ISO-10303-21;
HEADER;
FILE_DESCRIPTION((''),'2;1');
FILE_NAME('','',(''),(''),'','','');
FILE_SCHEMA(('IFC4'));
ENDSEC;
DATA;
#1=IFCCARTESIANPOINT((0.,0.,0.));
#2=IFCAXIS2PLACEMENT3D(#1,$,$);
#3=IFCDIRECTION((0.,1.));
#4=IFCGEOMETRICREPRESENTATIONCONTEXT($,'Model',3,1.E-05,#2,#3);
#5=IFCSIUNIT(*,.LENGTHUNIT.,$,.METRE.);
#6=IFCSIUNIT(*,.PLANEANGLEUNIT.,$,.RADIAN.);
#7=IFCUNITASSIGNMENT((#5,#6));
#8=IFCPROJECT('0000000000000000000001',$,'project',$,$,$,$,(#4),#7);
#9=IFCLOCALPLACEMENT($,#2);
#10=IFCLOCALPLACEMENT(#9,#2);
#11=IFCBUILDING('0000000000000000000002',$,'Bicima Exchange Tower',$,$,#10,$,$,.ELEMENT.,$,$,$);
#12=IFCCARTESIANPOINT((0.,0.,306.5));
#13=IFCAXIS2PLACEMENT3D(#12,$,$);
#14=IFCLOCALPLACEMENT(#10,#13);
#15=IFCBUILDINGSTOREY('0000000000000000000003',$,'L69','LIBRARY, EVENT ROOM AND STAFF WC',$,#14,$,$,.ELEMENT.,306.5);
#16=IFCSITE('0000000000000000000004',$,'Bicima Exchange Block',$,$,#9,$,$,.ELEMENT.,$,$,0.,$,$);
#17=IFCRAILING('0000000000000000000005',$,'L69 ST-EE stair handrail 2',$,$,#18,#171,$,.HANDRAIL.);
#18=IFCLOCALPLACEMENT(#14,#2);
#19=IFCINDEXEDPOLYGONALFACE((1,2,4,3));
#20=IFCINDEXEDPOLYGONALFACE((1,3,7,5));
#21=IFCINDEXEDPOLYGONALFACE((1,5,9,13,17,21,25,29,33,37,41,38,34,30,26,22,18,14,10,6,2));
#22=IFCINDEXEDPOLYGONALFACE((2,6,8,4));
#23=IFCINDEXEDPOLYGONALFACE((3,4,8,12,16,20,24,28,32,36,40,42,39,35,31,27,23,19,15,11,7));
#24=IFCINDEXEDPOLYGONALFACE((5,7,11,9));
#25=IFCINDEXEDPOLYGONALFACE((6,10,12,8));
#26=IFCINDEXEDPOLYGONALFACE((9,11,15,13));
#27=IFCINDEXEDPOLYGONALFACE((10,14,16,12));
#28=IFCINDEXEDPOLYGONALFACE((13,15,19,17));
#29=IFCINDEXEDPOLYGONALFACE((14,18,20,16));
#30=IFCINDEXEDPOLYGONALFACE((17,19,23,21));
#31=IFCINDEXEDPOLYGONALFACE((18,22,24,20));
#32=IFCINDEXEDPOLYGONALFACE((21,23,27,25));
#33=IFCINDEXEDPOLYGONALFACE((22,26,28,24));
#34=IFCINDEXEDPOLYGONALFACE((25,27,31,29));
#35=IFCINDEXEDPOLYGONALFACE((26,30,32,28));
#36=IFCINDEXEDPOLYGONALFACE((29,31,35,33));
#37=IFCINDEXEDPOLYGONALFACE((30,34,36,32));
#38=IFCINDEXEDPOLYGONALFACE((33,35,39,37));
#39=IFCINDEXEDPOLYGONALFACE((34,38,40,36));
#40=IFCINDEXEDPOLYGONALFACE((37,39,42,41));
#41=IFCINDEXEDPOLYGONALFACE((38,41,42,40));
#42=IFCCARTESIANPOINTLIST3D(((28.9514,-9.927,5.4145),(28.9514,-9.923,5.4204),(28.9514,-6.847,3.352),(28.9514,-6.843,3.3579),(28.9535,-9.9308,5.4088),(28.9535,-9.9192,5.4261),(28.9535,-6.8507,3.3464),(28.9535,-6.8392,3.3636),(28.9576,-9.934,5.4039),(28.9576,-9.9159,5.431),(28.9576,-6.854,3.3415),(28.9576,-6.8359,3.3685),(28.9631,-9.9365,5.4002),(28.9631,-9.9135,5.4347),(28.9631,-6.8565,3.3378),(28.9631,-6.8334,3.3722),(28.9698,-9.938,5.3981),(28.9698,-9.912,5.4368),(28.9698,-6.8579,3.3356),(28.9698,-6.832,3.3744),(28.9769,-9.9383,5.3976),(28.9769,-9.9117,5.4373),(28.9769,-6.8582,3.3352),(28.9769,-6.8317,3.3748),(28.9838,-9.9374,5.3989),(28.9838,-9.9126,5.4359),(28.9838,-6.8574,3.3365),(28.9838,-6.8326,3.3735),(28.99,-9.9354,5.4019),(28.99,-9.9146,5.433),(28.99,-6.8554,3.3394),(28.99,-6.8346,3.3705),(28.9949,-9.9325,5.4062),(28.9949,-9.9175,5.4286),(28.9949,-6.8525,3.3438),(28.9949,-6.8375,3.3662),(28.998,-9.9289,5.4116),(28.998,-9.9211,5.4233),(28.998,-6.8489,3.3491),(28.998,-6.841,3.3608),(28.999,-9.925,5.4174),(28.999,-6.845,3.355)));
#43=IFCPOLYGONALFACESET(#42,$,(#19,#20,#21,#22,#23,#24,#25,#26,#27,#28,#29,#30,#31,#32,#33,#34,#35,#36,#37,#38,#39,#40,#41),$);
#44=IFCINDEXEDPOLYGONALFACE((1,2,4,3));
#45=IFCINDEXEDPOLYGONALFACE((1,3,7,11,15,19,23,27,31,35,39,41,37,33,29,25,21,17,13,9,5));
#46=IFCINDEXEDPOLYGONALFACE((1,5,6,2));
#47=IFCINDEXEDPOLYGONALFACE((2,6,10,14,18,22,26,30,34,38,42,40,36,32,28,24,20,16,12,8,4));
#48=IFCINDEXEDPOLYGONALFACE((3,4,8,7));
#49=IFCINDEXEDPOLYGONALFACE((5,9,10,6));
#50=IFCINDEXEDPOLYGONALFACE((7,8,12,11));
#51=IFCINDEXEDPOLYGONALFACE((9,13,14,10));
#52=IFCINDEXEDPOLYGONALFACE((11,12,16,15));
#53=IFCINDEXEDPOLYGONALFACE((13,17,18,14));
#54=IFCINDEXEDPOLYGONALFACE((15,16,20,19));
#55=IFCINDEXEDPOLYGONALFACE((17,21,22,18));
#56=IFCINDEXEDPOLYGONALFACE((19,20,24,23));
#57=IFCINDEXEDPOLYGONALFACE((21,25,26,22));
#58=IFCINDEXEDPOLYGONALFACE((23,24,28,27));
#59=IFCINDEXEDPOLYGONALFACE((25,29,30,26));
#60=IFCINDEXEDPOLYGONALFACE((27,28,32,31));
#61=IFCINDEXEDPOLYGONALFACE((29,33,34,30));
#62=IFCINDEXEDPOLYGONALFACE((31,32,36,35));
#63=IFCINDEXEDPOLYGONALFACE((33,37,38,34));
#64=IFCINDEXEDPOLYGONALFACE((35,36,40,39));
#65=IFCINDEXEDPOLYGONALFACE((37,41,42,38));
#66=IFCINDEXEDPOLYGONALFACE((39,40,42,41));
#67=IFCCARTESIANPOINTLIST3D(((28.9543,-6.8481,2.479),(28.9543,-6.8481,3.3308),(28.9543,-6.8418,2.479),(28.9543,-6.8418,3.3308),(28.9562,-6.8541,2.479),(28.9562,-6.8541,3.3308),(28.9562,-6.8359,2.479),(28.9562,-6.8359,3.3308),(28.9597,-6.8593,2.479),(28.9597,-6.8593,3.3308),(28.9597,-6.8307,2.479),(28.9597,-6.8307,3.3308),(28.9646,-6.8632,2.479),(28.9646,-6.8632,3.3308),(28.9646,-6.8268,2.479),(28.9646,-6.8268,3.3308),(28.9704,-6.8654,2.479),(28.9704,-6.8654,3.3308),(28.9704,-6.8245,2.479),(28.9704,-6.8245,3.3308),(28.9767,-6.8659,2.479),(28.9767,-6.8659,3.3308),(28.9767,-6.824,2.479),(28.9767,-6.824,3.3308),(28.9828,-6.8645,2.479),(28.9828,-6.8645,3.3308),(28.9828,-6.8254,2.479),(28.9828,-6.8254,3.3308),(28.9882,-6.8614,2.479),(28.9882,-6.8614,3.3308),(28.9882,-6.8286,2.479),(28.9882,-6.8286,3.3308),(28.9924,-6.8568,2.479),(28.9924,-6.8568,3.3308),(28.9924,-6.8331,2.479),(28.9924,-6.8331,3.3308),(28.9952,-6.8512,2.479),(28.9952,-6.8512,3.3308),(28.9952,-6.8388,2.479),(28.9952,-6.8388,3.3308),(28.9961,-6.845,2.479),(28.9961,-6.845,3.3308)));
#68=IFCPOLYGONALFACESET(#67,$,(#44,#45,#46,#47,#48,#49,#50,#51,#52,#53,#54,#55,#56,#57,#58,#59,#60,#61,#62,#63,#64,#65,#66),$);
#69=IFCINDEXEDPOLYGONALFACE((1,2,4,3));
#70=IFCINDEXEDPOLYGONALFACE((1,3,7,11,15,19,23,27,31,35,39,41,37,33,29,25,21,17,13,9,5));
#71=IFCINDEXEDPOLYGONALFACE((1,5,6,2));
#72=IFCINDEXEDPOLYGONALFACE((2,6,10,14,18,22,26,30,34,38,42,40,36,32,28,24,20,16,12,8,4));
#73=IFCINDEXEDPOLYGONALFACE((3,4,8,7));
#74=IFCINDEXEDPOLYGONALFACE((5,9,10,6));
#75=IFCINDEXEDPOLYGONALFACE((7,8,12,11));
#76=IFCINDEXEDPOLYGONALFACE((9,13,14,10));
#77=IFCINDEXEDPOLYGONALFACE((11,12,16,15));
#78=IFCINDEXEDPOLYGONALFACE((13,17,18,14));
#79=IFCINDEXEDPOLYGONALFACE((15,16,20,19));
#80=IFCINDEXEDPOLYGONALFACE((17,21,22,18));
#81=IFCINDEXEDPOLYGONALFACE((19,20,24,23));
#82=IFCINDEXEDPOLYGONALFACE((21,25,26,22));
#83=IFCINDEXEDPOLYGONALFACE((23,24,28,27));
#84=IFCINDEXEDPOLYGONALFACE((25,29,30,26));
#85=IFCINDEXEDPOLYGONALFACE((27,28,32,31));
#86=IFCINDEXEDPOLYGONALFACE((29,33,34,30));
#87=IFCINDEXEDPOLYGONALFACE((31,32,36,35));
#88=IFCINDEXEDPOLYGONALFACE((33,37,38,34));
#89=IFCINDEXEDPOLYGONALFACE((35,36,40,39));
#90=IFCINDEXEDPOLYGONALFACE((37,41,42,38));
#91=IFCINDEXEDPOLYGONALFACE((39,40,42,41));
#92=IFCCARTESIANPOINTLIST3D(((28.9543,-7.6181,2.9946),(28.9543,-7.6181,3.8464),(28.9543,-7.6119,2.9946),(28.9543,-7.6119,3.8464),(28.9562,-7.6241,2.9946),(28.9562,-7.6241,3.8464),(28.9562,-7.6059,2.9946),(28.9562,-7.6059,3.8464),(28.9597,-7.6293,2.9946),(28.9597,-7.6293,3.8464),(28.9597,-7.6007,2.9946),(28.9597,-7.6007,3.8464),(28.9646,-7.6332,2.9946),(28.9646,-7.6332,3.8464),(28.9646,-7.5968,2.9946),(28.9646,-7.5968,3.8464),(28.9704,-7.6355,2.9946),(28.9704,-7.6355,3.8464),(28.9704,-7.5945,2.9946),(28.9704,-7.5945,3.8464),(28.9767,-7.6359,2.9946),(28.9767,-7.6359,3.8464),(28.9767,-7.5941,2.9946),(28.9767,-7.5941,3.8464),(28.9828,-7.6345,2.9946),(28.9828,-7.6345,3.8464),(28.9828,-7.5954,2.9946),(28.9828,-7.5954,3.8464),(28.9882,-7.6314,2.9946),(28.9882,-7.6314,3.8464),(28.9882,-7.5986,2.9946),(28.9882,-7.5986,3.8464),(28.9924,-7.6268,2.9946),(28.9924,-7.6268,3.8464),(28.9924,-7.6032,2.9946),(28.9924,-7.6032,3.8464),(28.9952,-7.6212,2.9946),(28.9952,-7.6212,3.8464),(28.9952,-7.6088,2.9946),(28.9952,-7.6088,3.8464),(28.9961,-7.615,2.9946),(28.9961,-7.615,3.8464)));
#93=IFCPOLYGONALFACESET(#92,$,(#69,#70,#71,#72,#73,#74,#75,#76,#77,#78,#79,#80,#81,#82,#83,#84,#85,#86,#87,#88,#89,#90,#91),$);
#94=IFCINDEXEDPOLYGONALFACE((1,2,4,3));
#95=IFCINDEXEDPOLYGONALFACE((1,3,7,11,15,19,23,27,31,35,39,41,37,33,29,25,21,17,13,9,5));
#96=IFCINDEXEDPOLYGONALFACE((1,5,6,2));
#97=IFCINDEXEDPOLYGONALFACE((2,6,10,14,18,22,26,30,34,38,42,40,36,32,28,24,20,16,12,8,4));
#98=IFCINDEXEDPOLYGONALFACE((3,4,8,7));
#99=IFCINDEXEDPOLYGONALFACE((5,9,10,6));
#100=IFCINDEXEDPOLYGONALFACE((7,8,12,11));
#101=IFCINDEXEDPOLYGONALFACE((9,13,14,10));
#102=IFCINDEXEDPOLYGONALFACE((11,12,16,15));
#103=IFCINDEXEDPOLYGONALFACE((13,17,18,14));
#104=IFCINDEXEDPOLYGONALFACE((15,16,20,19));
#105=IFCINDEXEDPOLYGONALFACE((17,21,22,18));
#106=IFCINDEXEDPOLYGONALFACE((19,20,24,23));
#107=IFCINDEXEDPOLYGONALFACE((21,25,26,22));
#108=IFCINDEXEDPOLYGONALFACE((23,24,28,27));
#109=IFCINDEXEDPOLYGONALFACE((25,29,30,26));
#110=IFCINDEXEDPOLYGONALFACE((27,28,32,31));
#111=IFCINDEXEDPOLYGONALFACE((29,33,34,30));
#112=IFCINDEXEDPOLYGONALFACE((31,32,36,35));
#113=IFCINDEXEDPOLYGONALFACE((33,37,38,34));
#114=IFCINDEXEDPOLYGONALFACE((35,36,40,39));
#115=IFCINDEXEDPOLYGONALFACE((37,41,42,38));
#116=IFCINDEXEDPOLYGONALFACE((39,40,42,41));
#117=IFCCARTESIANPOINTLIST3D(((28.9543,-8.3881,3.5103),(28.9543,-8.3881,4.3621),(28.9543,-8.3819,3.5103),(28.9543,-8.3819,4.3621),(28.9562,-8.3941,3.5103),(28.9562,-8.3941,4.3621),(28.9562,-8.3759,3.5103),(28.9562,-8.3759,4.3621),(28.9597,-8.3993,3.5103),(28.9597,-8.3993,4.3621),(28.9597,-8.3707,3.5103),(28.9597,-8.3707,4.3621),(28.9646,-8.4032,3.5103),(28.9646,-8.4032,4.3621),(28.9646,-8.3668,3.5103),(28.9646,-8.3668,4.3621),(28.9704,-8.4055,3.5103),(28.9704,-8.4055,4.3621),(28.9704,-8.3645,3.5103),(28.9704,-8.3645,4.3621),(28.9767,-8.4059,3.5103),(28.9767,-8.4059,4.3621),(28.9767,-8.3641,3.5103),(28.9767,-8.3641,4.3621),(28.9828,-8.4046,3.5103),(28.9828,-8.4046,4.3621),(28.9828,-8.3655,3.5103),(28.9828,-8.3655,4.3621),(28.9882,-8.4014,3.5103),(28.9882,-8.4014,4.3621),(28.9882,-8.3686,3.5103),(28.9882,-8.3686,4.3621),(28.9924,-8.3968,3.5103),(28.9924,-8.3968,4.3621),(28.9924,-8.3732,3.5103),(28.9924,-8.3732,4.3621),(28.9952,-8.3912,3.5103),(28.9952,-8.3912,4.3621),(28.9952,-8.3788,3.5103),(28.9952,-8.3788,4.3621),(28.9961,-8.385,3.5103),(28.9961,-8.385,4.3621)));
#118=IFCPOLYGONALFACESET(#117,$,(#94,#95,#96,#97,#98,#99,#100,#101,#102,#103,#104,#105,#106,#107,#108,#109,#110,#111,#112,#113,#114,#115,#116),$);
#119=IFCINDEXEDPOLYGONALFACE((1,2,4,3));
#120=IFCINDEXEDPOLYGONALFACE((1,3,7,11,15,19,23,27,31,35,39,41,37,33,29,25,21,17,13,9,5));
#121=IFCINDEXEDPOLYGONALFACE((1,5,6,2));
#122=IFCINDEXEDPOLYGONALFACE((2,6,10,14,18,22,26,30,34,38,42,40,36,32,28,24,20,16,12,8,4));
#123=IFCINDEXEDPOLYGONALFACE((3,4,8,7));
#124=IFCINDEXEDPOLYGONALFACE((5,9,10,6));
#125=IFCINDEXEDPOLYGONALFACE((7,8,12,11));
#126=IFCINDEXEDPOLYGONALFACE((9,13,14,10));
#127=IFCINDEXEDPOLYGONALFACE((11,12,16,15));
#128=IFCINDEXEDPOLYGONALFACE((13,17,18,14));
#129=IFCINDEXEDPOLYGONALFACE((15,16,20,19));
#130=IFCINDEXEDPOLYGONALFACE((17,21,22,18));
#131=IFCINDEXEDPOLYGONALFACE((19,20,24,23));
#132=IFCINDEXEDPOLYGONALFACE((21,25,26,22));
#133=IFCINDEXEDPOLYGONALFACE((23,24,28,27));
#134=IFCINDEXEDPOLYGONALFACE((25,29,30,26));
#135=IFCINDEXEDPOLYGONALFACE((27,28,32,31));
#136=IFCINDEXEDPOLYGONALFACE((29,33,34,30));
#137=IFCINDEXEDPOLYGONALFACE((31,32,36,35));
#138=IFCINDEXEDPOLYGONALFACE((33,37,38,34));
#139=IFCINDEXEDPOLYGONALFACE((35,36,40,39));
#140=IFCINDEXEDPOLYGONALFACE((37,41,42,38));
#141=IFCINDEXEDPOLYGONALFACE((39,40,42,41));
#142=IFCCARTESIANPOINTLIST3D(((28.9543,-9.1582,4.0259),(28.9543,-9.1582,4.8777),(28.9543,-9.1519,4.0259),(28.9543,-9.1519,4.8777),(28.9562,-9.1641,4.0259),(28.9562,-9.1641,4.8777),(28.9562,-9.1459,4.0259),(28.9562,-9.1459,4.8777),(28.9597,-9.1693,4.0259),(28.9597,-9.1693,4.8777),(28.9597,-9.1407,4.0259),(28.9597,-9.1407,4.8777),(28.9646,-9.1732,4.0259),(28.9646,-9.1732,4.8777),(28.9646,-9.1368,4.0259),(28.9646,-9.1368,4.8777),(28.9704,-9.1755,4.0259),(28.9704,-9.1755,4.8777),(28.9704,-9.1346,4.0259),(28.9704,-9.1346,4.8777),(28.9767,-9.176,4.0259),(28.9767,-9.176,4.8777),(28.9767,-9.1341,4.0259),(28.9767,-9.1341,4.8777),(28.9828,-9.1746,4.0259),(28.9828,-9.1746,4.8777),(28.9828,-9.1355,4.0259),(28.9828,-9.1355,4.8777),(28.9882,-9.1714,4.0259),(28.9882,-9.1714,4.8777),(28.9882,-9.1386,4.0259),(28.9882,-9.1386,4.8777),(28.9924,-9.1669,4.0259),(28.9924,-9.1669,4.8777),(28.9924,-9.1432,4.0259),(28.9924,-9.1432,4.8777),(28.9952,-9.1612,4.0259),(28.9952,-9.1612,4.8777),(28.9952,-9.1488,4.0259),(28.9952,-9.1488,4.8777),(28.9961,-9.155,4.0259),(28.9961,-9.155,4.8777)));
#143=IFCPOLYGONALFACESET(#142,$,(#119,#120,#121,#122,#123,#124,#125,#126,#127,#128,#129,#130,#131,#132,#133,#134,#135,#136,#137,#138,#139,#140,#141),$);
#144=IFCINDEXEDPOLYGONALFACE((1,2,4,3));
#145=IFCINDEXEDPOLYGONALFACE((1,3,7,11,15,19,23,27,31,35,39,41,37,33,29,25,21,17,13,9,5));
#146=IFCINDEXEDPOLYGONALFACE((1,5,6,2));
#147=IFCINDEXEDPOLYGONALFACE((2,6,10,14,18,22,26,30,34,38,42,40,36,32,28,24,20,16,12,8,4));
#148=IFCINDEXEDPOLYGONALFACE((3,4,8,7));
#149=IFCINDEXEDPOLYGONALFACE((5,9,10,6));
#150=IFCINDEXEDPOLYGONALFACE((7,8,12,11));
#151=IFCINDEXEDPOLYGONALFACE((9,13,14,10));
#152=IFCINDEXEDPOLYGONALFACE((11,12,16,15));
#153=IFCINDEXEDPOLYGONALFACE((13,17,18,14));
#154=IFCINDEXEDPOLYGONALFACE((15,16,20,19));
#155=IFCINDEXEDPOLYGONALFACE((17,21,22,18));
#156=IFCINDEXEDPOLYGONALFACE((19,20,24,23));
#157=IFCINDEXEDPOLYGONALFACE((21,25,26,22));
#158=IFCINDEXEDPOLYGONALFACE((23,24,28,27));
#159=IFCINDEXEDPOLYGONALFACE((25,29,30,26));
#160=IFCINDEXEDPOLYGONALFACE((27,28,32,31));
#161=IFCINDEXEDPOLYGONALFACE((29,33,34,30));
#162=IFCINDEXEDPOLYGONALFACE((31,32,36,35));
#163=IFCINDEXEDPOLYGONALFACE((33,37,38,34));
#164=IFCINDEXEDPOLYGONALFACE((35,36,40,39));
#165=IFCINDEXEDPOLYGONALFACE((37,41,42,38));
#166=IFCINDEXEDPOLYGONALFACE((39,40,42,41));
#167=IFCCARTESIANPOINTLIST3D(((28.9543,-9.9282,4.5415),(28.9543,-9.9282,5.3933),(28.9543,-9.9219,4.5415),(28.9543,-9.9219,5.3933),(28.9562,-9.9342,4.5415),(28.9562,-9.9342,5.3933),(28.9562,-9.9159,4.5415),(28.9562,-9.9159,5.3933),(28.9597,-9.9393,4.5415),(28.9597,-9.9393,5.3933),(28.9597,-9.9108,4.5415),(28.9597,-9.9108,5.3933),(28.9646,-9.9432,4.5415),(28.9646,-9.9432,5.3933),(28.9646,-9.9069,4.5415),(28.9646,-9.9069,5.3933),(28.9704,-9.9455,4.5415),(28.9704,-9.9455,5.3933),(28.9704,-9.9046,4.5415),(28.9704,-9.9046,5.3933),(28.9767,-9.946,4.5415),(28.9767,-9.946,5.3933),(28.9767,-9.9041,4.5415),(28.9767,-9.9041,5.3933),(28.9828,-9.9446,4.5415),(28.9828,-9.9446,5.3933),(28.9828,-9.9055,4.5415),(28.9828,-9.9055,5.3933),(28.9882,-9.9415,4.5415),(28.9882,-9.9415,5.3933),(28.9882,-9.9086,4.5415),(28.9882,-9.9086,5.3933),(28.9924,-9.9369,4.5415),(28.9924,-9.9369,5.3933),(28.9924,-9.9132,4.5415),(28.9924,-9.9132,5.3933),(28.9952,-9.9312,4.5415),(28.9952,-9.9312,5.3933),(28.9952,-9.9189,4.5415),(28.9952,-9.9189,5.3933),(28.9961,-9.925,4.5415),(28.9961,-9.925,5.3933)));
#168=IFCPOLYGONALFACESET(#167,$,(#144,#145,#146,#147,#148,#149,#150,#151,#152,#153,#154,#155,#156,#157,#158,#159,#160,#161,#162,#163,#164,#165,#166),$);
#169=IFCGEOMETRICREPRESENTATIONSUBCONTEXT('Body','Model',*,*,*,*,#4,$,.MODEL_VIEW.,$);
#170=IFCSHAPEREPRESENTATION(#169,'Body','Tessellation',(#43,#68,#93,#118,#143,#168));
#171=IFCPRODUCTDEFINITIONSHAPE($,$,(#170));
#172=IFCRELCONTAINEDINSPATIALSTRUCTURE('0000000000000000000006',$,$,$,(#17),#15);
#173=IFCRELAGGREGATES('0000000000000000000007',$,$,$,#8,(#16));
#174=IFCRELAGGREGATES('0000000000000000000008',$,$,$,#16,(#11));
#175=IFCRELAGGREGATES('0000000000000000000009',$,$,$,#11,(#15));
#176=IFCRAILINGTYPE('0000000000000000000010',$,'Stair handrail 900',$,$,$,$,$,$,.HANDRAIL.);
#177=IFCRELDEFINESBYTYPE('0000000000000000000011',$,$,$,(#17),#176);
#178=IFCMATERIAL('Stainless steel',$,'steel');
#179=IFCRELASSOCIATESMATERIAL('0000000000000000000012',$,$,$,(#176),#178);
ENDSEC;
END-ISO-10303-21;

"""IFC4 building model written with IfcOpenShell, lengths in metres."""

from ifc_helpers import new_model, si_unit, direction, frame, origin, origin_2d, place, context, subcontext, project, spatial, circle, extrude, material, type_object, element, save


model = new_model("IFC4")

# Units and contexts
model_context = context("Model", 3, precision=1e-05, world=origin(), true_north=direction((0.0, 1.0)))
body_context = subcontext(model_context, "Body", "Model", "MODEL_VIEW")
ifc_project = project(units=[si_unit("LENGTHUNIT", "METRE"), si_unit("PLANEANGLEUNIT", "RADIAN")], contexts=[model_context])

# Site, building, storey
site_placement = place(None, origin())
site = spatial("IfcSite", under=ifc_project, at=site_placement, Name="Bicima Exchange Block", CompositionType="ELEMENT", RefElevation=0.0)
building_placement = place(site_placement, origin())
building = spatial("IfcBuilding", under=site, at=building_placement, Name="Bicima Exchange Tower", CompositionType="ELEMENT")
storey_placement = place(building_placement, frame((0.0, 0.0, 306.5)))
storey = spatial("IfcBuildingStorey", under=building, at=storey_placement, Name="L69", Description="LIBRARY, EVENT ROOM AND STAFF WC", CompositionType="ELEMENT", Elevation=306.5)

# Railing
ifc_material_1 = material(Name="Stainless steel", Category="steel")
railing_type_1 = type_object("IfcRailingType", Name="Stair handrail 900", PredefinedType="HANDRAIL", material=ifc_material_1)
railing_1_placement = place(storey_placement, frame((28.9751, -6.845, 2.479)))
element("IfcRailing", 1, at=railing_1_placement, inside=storey, type_object=railing_type_1, Name="L69 ST-EE stair handrail 2", PredefinedType="HANDRAIL", context=body_context, shape_type="SweptSolid", body=[
    extrude(circle(Radius=0.0239, at=origin_2d()), frame((0.0, 0.0, 0.876), z_axis=(0.0, -0.830914, 0.556401), x_axis=(1.0, 0.0, 0.0)), (0.0, 0.0, 1.0), 3.7068),
    extrude(circle(Radius=0.021, at=origin_2d()), origin(), (0.0, 0.0, 1.0), 0.8518),
    extrude(circle(Radius=0.021, at=origin_2d()), frame((0.0, -0.77, 0.5156)), (0.0, 0.0, 1.0), 0.8518),
    extrude(circle(Radius=0.021, at=origin_2d()), frame((0.0, -1.54, 1.0312)), (0.0, 0.0, 1.0), 0.8518),
    extrude(circle(Radius=0.021, at=origin_2d()), frame((0.0, -2.3101, 1.5469)), (0.0, 0.0, 1.0), 0.8518),
    extrude(circle(Radius=0.021, at=origin_2d()), frame((0.0, -3.0801, 2.0625)), (0.0, 0.0, 1.0), 0.8518),
])

save(model, "model.ifc")
